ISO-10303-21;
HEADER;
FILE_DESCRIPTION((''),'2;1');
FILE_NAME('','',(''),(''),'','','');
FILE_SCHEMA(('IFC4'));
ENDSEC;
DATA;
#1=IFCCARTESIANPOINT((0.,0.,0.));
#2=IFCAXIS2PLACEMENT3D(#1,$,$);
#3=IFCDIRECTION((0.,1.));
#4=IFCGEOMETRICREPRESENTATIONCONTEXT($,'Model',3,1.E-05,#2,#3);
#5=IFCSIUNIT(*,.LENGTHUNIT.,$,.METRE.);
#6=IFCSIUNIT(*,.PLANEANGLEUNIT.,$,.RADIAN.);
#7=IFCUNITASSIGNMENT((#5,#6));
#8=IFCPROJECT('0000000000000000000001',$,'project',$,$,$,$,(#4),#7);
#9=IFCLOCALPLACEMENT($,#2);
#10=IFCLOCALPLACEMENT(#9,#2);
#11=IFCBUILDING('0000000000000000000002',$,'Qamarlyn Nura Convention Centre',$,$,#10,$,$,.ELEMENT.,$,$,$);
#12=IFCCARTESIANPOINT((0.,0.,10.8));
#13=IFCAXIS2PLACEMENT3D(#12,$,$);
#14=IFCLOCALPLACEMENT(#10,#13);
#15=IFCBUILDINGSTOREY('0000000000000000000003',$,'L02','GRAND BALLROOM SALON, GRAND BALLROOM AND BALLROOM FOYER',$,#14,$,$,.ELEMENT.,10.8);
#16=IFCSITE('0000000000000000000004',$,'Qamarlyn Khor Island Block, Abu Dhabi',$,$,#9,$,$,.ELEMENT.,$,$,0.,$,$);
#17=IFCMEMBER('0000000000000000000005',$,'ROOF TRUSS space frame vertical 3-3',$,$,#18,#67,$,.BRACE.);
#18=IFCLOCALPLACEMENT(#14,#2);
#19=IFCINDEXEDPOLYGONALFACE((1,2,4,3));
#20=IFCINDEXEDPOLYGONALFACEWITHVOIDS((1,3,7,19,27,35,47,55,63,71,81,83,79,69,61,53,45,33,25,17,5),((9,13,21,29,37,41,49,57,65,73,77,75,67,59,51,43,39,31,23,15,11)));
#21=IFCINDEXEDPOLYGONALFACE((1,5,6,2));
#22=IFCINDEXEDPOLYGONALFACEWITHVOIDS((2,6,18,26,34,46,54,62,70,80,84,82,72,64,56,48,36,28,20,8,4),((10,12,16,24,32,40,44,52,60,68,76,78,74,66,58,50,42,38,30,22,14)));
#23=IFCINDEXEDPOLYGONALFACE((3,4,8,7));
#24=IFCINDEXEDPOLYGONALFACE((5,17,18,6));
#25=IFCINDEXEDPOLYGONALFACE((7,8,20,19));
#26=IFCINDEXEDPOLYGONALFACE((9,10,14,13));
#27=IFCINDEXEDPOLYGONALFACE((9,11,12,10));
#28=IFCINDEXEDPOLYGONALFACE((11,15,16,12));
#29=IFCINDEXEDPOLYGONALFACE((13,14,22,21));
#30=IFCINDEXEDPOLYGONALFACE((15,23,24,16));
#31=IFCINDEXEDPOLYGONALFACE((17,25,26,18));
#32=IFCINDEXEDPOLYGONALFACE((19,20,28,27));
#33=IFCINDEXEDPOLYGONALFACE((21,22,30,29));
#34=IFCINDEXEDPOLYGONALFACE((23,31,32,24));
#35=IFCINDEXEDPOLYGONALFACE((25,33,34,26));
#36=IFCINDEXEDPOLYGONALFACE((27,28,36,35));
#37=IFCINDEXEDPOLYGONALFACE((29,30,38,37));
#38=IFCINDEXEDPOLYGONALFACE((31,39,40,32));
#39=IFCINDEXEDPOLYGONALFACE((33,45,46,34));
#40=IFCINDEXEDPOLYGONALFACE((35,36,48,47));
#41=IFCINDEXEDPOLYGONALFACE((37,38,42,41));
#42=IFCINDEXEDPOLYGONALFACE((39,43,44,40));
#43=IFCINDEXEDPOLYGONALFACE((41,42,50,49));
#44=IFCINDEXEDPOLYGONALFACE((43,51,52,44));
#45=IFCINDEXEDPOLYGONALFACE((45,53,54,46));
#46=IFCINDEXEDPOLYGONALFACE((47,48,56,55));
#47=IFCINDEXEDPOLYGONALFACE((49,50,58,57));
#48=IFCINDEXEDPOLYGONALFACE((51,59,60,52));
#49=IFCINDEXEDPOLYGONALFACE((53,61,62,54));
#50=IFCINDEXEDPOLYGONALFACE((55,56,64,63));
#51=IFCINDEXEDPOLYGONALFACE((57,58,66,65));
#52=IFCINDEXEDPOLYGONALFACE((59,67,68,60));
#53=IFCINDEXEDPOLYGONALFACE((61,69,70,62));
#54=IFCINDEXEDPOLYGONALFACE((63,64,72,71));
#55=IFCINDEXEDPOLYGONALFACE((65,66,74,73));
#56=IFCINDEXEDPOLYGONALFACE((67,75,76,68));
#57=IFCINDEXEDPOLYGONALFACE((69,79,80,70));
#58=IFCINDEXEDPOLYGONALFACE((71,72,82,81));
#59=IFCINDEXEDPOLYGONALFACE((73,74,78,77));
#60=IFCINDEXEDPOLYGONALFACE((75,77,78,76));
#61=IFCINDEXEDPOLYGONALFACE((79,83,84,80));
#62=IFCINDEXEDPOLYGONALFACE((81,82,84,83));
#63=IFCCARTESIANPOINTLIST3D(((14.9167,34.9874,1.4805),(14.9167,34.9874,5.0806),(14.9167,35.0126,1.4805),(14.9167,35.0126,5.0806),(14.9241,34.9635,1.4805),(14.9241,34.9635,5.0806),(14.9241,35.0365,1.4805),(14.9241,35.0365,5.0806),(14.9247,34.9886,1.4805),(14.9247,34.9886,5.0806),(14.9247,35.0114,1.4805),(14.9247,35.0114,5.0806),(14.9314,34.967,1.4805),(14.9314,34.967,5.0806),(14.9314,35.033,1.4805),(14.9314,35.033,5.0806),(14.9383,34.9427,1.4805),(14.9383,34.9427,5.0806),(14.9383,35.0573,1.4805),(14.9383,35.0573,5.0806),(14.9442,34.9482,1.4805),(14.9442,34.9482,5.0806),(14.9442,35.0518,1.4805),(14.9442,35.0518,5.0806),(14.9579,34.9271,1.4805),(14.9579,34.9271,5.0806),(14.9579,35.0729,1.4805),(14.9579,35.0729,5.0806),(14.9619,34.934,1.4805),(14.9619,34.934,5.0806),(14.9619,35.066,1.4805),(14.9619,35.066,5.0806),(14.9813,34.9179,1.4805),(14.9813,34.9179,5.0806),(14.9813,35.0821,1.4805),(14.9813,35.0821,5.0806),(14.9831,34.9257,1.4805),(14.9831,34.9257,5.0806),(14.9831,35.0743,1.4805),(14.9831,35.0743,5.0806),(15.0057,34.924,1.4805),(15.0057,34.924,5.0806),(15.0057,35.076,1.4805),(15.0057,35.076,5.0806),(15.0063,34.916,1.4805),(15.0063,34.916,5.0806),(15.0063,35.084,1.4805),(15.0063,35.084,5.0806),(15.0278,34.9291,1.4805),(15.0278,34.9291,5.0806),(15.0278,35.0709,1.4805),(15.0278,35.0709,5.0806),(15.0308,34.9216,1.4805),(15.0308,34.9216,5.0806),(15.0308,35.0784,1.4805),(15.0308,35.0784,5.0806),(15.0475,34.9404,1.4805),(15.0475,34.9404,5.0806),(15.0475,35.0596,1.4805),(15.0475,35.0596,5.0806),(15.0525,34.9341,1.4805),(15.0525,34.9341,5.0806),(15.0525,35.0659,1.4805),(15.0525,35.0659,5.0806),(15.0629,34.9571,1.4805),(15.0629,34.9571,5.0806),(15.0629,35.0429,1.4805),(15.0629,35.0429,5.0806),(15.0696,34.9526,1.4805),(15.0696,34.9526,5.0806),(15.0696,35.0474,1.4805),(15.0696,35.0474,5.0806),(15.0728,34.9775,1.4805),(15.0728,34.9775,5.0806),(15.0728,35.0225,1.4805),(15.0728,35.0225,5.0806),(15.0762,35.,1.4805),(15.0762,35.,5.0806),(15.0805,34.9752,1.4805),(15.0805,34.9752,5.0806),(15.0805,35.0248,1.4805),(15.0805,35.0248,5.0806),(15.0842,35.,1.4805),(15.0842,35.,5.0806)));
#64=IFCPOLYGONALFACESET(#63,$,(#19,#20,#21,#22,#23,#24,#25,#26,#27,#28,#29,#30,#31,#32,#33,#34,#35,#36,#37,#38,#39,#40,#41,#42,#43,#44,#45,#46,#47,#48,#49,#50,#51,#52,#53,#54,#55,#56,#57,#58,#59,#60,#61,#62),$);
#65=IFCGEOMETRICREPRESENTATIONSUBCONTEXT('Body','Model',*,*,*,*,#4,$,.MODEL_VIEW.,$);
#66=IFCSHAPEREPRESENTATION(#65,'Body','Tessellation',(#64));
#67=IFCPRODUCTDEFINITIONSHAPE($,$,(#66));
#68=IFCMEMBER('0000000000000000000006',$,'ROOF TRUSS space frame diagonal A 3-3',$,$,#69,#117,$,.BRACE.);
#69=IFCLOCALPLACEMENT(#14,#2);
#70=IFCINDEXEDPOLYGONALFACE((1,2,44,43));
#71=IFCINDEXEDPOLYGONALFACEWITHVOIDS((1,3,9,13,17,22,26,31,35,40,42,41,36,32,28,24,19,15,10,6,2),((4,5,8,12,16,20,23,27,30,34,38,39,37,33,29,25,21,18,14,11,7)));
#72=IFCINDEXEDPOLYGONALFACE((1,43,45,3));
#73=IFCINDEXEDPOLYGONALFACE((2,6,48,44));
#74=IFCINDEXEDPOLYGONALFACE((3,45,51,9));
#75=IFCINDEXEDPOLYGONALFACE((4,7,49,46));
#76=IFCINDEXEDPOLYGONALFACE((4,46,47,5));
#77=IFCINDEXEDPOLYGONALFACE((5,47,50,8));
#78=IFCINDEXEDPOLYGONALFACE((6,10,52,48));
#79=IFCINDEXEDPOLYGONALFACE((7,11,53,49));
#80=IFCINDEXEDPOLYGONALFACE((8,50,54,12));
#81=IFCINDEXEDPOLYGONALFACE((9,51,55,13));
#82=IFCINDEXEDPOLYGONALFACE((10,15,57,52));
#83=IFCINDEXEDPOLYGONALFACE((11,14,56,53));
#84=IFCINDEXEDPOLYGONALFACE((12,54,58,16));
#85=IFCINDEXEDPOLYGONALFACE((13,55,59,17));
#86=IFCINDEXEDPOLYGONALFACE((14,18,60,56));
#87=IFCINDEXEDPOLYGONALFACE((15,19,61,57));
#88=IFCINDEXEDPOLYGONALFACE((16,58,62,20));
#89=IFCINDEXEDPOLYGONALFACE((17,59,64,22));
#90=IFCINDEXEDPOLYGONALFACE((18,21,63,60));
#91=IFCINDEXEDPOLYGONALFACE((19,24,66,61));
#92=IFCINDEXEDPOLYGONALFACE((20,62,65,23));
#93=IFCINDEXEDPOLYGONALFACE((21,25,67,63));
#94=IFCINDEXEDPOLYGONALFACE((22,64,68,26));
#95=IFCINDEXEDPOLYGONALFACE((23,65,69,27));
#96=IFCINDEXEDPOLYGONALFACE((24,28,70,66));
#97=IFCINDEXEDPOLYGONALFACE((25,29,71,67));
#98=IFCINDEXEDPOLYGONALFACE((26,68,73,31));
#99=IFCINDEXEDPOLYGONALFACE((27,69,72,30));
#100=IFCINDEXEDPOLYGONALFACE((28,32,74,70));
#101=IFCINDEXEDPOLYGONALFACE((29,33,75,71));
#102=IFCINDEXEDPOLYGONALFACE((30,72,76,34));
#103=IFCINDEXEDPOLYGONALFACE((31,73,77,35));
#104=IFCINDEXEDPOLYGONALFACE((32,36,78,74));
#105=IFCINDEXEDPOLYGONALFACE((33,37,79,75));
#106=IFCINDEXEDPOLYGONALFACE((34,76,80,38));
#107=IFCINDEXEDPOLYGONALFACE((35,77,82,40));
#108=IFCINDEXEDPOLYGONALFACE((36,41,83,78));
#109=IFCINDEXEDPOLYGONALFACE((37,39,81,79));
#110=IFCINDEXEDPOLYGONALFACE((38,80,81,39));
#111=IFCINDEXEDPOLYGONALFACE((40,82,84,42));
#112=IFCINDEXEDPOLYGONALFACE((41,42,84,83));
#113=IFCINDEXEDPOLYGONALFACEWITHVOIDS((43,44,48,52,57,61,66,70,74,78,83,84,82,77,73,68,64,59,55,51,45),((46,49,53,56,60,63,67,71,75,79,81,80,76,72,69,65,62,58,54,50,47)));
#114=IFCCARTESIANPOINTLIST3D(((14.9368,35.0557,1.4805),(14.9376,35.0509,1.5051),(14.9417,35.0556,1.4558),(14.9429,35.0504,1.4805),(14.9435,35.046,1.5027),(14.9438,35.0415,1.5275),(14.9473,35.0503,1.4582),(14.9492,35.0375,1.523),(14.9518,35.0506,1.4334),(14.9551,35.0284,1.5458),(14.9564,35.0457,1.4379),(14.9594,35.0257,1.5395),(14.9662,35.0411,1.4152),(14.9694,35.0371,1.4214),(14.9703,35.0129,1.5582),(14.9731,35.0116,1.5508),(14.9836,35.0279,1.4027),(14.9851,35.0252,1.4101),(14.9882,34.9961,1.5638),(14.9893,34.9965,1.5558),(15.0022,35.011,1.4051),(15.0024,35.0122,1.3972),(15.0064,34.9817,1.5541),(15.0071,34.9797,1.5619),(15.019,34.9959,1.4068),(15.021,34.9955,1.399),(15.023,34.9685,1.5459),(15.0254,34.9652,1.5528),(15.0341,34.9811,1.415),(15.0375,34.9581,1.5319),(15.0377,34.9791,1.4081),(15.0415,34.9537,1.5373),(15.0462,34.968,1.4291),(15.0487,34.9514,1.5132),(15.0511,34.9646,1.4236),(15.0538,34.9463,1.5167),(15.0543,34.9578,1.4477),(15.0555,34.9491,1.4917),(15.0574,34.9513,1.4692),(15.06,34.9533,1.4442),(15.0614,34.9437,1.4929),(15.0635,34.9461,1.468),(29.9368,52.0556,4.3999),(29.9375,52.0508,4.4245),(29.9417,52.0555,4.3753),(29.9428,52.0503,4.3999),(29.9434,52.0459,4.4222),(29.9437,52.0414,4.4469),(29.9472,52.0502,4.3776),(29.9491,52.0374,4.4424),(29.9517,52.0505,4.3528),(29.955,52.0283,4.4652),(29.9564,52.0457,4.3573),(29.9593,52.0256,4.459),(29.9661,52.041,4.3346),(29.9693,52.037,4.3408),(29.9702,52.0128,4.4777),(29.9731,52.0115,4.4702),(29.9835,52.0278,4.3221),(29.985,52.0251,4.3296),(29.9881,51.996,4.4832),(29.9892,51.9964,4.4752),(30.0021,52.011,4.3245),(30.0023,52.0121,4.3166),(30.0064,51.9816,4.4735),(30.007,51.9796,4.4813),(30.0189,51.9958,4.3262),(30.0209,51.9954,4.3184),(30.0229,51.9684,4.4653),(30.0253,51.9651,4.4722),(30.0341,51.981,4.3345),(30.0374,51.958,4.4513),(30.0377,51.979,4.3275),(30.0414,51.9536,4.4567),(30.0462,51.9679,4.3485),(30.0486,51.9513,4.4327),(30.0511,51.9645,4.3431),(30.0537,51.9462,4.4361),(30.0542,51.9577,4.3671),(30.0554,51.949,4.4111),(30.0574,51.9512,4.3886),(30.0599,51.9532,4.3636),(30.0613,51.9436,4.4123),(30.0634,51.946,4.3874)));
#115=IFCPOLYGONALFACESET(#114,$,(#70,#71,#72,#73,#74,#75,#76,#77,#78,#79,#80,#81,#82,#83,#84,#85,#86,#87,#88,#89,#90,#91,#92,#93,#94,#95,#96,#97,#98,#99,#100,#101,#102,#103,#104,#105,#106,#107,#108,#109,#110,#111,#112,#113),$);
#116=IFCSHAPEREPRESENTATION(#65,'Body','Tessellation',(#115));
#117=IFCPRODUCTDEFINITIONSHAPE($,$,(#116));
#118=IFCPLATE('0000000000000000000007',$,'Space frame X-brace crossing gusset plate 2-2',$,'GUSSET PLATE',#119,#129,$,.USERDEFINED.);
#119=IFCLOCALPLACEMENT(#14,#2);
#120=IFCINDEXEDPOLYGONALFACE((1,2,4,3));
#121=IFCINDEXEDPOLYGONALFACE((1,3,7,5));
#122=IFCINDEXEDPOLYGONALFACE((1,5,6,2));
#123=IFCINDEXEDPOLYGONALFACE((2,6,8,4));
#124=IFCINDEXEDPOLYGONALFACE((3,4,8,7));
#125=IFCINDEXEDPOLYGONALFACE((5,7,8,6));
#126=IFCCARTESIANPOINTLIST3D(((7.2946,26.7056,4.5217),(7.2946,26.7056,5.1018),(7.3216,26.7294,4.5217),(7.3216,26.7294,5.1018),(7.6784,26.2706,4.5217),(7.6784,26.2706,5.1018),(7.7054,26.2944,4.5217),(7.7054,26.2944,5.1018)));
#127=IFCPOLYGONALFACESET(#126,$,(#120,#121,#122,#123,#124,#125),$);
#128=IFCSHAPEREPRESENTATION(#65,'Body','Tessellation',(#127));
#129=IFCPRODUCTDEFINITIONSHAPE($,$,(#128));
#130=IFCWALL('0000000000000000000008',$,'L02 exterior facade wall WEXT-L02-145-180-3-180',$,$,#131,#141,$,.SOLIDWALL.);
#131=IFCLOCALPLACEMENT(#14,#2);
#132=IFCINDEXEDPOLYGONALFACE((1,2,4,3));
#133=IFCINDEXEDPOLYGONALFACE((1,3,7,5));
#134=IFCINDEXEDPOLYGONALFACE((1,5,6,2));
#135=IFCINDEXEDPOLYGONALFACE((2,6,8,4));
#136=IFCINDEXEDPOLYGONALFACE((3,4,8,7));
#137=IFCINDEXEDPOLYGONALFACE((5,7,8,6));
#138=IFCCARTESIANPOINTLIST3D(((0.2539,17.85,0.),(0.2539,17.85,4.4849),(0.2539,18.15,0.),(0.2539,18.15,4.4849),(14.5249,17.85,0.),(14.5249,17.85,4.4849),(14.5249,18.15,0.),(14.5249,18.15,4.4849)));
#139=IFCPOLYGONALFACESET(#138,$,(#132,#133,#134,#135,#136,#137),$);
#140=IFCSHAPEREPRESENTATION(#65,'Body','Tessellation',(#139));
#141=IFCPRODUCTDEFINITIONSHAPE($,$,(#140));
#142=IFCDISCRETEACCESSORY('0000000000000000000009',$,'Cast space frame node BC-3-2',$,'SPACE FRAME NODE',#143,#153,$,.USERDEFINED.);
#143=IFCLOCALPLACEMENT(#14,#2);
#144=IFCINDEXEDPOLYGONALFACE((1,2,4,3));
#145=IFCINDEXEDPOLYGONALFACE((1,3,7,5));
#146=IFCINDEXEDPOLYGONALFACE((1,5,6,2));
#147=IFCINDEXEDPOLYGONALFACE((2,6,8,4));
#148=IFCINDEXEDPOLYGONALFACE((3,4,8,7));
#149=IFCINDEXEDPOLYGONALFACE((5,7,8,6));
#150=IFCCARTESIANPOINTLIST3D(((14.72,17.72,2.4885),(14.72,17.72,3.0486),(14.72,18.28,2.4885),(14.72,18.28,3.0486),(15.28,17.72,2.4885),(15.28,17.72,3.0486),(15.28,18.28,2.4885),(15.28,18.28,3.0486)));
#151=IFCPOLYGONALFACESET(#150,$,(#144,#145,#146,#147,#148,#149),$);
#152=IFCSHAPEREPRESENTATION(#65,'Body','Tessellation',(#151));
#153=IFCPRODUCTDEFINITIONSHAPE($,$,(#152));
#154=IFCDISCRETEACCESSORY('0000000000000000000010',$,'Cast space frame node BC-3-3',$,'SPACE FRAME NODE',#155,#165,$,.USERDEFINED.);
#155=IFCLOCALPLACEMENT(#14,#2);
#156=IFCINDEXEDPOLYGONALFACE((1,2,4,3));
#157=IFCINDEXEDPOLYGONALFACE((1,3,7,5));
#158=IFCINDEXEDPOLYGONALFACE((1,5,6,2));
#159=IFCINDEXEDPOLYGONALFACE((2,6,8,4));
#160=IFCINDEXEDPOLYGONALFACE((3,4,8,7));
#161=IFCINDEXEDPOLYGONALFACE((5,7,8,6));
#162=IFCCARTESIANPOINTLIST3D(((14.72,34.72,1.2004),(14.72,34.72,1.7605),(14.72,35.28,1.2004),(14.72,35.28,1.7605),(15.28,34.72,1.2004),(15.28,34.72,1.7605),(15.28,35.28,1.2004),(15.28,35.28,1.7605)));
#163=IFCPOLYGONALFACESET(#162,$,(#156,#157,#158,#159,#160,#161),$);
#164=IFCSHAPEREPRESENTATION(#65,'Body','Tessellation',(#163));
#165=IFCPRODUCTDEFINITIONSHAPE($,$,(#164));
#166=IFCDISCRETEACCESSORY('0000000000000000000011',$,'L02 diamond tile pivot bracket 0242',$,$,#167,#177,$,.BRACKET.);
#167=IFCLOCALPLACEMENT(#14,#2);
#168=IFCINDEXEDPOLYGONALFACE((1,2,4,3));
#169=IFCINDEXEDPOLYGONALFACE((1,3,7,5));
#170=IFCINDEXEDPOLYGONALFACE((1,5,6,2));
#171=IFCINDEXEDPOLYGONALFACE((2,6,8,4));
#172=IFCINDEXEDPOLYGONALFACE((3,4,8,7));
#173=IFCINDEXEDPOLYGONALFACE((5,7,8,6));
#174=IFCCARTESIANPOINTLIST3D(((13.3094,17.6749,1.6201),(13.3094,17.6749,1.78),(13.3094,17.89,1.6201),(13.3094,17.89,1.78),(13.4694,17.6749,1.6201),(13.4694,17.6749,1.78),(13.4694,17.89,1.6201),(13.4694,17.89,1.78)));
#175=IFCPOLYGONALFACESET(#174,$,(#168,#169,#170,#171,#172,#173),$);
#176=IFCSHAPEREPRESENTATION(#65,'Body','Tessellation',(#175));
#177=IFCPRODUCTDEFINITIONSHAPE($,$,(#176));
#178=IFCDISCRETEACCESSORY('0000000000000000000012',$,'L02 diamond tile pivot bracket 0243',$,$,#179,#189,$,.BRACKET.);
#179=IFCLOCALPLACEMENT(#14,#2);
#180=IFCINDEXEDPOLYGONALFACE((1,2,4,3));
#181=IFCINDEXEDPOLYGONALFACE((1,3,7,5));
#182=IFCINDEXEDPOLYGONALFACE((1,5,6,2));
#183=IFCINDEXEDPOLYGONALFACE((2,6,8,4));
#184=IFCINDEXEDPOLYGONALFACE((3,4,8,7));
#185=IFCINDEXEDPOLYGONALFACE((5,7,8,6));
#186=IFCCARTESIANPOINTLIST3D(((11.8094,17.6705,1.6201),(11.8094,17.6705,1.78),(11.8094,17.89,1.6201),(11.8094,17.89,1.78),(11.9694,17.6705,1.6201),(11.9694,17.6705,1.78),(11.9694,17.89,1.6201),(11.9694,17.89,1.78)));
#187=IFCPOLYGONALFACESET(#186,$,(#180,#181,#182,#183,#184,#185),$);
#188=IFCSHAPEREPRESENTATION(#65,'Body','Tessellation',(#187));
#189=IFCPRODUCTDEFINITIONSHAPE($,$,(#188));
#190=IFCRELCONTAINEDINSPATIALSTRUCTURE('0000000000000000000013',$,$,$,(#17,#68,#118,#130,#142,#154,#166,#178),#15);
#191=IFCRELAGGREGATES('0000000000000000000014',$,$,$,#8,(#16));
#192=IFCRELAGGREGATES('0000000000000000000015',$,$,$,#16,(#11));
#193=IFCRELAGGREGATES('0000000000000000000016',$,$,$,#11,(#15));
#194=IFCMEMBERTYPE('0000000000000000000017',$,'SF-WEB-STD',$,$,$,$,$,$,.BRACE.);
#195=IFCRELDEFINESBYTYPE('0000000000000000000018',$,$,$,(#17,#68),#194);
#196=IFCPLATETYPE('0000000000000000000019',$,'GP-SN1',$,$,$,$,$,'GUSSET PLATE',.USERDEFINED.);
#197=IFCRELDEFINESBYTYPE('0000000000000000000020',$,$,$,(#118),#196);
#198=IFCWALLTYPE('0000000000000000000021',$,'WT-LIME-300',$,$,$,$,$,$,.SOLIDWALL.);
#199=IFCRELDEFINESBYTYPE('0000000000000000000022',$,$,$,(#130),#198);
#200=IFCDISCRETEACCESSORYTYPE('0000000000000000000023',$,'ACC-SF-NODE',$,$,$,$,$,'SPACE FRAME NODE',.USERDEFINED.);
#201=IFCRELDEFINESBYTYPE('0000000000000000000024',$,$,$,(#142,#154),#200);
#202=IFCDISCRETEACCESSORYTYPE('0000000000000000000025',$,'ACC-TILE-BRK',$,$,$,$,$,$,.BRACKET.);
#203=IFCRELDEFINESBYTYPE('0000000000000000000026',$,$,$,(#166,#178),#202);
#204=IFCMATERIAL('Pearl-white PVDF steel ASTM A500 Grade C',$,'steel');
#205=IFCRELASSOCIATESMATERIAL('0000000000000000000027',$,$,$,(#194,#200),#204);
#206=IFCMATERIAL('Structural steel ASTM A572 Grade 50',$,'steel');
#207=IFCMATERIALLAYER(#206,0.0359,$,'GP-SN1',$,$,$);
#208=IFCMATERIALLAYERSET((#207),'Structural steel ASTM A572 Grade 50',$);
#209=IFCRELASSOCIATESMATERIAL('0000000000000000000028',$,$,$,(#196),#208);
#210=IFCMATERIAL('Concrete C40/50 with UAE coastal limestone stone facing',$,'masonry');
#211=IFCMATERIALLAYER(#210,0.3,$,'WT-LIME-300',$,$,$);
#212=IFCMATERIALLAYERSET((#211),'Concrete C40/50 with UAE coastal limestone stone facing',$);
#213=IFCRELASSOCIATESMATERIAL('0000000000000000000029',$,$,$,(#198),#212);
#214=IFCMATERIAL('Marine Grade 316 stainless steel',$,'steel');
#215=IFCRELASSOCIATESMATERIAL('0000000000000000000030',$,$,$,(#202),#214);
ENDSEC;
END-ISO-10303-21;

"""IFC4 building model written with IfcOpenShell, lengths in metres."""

from ifc_helpers import new_model, si_unit, direction, frame, frame_2d, origin, origin_2d, place, context, subcontext, project, spatial, rectangle, hollow_circle, extrude, material, layer, layer_set, material_profile, profile_set, type_object, element, save


model = new_model("IFC4")

# Units and contexts
model_context = context("Model", 3, precision=1e-05, world=origin(), true_north=direction((0.0, 1.0)))
body_context = subcontext(model_context, "Body", "Model", "MODEL_VIEW")
ifc_project = project(units=[si_unit("LENGTHUNIT", "METRE"), si_unit("PLANEANGLEUNIT", "RADIAN")], contexts=[model_context])

# Site, building, storey
site_placement = place(None, origin())
site = spatial("IfcSite", under=ifc_project, at=site_placement, Name="Qamarlyn Khor Island Block, Abu Dhabi", CompositionType="ELEMENT", RefElevation=0.0)
building_placement = place(site_placement, origin())
building = spatial("IfcBuilding", under=site, at=building_placement, Name="Qamarlyn Nura Convention Centre", CompositionType="ELEMENT")
storey_placement = place(building_placement, frame((0.0, 0.0, 10.8)))
storey = spatial("IfcBuildingStorey", under=building, at=storey_placement, Name="L02", Description="GRAND BALLROOM SALON, GRAND BALLROOM AND BALLROOM FOYER", CompositionType="ELEMENT", Elevation=10.8)

# Members
ifc_material_1 = material(Name="Pearl-white PVDF steel ASTM A500 Grade C", Category="steel")
ifc_material_profile_1 = material_profile(ifc_material_1, hollow_circle(Radius=0.0842, WallThickness=0.0081, at=origin_2d()), Name="CHS168.3X8")
ifc_profile_set_1 = profile_set([ifc_material_profile_1], Name="Pearl-white PVDF steel ASTM A500 Grade C")
member_type_1 = type_object("IfcMemberType", Name="SF-WEB-STD", PredefinedType="BRACE", material=ifc_profile_set_1)
member_1_placement = place(storey_placement, frame((15.0, 35.0, 1.4805), z_axis=(0.0, 0.0, 1.0), x_axis=(1.0, 0.0, 0.0)))
element("IfcMember", 1, at=member_1_placement, inside=storey, type_object=member_type_1, Name="ROOF TRUSS space frame vertical 3-3", PredefinedType="BRACE", context=body_context, shape_type="SweptSolid", body=[
    extrude(hollow_circle(Radius=0.0842, WallThickness=0.0081, at=origin_2d()), origin(), (0.0, 0.0, 1.0), 3.6001),
])
member_2_placement = place(storey_placement, frame((15.0, 35.0, 1.4805), z_axis=(0.656203, 0.743697, 0.127716), x_axis=(-0.749838, 0.661622, 0.0)))
element("IfcMember", 2, at=member_2_placement, inside=storey, type_object=member_type_1, Name="ROOF TRUSS space frame diagonal A 3-3", PredefinedType="BRACE", context=body_context, shape_type="SweptSolid", body=[
    extrude(hollow_circle(Radius=0.0842, WallThickness=0.0081, at=origin_2d()), origin(), (0.0, 0.0, 1.0), 22.8586),
])

# Plate
ifc_material_2 = material(Name="Structural steel ASTM A572 Grade 50", Category="steel")
ifc_layer_1 = layer(ifc_material_2, 0.0359, Name="GP-SN1")
ifc_layer_set_1 = layer_set([ifc_layer_1], Name="Structural steel ASTM A572 Grade 50")
plate_type = type_object("IfcPlateType", Name="GP-SN1", ElementType="GUSSET PLATE", PredefinedType="USERDEFINED", material=ifc_layer_set_1)
plate_placement = place(storey_placement, frame((7.5, 26.5, 4.5217), z_axis=(0.0, 0.0, 1.0), x_axis=(-0.661622, 0.749837, 0.0)))
element("IfcPlate", 3, at=plate_placement, inside=storey, type_object=plate_type, Name="Space frame X-brace crossing gusset plate 2-2", ObjectType="GUSSET PLATE", PredefinedType="USERDEFINED", context=body_context, shape_type="SweptSolid", body=[
    extrude(rectangle(XDim=0.5801, YDim=0.0359, at=origin_2d()), origin(), (0.0, 0.0, 1.0), 0.5801),
])

# Wall
ifc_material_3 = material(Name="Concrete C40/50 with UAE coastal limestone stone facing", Category="masonry")
ifc_layer_2 = layer(ifc_material_3, 0.3, Name="WT-LIME-300")
ifc_layer_set_2 = layer_set([ifc_layer_2], Name="Concrete C40/50 with UAE coastal limestone stone facing")
wall_type = type_object("IfcWallType", Name="WT-LIME-300", PredefinedType="SOLIDWALL", material=ifc_layer_set_2)
wall_placement = place(storey_placement, frame((14.5249, 18.0, 0.0), z_axis=(0.0, 0.0, 1.0), x_axis=(-1.0, 0.0, 0.0)))
element("IfcWall", 4, at=wall_placement, inside=storey, type_object=wall_type, Name="L02 exterior facade wall WEXT-L02-145-180-3-180", PredefinedType="SOLIDWALL", context=body_context, shape_type="SweptSolid", body=[
    extrude(rectangle(XDim=14.271, YDim=0.3, at=frame_2d((7.1355, 0.0))), origin(), (0.0, 0.0, 1.0), 4.4849),
])

# Discrete accessories
discrete_accessory_type_1 = type_object("IfcDiscreteAccessoryType", Name="ACC-SF-NODE", ElementType="SPACE FRAME NODE", PredefinedType="USERDEFINED", material=ifc_material_1)
for number, where, z_axis, x_axis, name in (
    (5, (15.0, 18.0, 2.4885), (0.0, 0.0, 1.0), (1.0, 0.0, 0.0), "Cast space frame node BC-3-2"),
    (6, (15.0, 35.0, 1.2004), (0.0, 0.0, 1.0), (1.0, 0.0, 0.0), "Cast space frame node BC-3-3"),
):
    element("IfcDiscreteAccessory", number, at=place(storey_placement, frame(where, z_axis=z_axis, x_axis=x_axis)), inside=storey, type_object=discrete_accessory_type_1, Name=name, ObjectType="SPACE FRAME NODE", PredefinedType="USERDEFINED", context=body_context, shape_type="SweptSolid", body=[
        extrude(rectangle(XDim=0.5601, YDim=0.5601, at=origin_2d()), origin(), (0.0, 0.0, 1.0), 0.5601),
    ])
ifc_material_4 = material(Name="Marine Grade 316 stainless steel", Category="steel")
discrete_accessory_type_2 = type_object("IfcDiscreteAccessoryType", Name="ACC-TILE-BRK", PredefinedType="BRACKET", material=ifc_material_4)
discrete_accessory_1_placement = place(storey_placement, frame((13.3894, 17.7825, 1.6201), z_axis=(0.0, 0.0, 1.0), x_axis=(0.0, -1.0, 0.0)))
element("IfcDiscreteAccessory", 7, at=discrete_accessory_1_placement, inside=storey, type_object=discrete_accessory_type_2, Name="L02 diamond tile pivot bracket 0242", PredefinedType="BRACKET", context=body_context, shape_type="SweptSolid", body=[
    extrude(rectangle(XDim=0.2151, YDim=0.1599, at=origin_2d()), origin(), (0.0, 0.0, 1.0), 0.1599),
])
discrete_accessory_2_placement = place(storey_placement, frame((11.8894, 17.7803, 1.6201), z_axis=(0.0, 0.0, 1.0), x_axis=(0.0, -1.0, 0.0)))
element("IfcDiscreteAccessory", 8, at=discrete_accessory_2_placement, inside=storey, type_object=discrete_accessory_type_2, Name="L02 diamond tile pivot bracket 0243", PredefinedType="BRACKET", context=body_context, shape_type="SweptSolid", body=[
    extrude(rectangle(XDim=0.2195, YDim=0.1599, at=origin_2d()), origin(), (0.0, 0.0, 1.0), 0.1599),
])

save(model, "model.ifc")
